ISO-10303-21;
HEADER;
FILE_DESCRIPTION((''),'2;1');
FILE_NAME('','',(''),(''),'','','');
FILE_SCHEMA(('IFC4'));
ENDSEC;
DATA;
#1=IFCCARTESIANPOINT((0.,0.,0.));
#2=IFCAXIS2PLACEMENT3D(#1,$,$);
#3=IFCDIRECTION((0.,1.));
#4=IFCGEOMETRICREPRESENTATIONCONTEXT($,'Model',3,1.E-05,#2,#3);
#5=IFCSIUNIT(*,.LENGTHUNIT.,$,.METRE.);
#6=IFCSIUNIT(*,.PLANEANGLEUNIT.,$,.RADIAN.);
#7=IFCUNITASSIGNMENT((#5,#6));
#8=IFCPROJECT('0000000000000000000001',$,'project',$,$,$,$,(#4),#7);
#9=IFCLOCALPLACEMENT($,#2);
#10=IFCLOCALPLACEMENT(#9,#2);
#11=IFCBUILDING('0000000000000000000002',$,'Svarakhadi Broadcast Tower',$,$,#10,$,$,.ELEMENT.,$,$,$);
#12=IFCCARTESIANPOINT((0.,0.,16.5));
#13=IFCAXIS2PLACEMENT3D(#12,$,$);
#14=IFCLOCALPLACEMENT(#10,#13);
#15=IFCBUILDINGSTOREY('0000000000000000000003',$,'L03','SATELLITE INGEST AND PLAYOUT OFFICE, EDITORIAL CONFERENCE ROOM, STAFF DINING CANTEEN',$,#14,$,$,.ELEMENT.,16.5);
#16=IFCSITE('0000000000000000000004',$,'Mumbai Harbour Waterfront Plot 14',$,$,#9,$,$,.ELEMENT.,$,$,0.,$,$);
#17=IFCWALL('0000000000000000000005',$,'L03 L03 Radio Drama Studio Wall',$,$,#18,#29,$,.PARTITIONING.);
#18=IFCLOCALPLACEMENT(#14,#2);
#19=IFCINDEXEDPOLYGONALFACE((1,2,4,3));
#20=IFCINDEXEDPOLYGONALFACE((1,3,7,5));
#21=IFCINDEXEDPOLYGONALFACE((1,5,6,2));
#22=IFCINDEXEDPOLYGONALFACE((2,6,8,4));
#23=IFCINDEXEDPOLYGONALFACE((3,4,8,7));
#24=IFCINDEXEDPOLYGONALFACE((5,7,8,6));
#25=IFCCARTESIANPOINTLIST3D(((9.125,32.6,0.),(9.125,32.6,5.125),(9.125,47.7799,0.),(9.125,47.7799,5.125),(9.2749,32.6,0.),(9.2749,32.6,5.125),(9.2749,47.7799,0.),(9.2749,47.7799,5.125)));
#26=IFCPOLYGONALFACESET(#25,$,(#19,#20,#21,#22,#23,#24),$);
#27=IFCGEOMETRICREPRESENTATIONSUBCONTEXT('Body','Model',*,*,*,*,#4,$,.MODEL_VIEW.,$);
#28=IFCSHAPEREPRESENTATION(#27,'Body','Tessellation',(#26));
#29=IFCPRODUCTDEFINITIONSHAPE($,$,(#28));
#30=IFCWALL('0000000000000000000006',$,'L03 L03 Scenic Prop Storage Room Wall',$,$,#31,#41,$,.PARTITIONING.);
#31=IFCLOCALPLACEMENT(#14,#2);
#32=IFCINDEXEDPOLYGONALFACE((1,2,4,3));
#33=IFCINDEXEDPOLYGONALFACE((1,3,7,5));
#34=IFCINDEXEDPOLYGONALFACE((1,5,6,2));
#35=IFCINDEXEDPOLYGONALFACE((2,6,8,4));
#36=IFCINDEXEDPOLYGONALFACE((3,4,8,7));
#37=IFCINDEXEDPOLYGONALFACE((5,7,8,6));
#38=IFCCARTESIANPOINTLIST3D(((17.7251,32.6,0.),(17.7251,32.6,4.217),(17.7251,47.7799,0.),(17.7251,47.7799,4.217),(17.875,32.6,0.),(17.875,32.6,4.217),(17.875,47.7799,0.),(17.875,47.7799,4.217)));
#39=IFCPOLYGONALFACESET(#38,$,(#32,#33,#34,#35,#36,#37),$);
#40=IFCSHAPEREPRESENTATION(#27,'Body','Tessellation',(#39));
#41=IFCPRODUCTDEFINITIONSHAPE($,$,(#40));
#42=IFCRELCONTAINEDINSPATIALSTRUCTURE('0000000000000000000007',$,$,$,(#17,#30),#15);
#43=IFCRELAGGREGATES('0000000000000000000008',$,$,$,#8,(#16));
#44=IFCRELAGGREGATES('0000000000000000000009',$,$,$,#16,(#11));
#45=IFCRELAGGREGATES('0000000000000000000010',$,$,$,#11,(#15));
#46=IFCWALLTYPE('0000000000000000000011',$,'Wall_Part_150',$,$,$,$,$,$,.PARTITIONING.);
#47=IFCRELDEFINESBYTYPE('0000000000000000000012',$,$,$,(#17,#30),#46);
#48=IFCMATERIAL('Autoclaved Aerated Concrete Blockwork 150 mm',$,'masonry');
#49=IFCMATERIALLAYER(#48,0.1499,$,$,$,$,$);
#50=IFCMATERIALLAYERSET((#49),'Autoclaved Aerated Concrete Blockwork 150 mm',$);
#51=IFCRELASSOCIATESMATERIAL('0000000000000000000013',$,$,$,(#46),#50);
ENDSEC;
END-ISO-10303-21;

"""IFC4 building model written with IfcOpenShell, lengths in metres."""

from ifc_helpers import new_model, si_unit, direction, frame, frame_2d, origin, place, context, subcontext, project, spatial, rectangle, extrude, material, layer, layer_set, type_object, element, save


model = new_model("IFC4")

# Units and contexts
model_context = context("Model", 3, precision=1e-05, world=origin(), true_north=direction((0.0, 1.0)))
body_context = subcontext(model_context, "Body", "Model", "MODEL_VIEW")
ifc_project = project(units=[si_unit("LENGTHUNIT", "METRE"), si_unit("PLANEANGLEUNIT", "RADIAN")], contexts=[model_context])

# Site, building, storey
site_placement = place(None, origin())
site = spatial("IfcSite", under=ifc_project, at=site_placement, Name="Mumbai Harbour Waterfront Plot 14", CompositionType="ELEMENT", RefElevation=0.0)
building_placement = place(site_placement, origin())
building = spatial("IfcBuilding", under=site, at=building_placement, Name="Svarakhadi Broadcast Tower", CompositionType="ELEMENT")
storey_placement = place(building_placement, frame((0.0, 0.0, 16.5)))
storey = spatial("IfcBuildingStorey", under=building, at=storey_placement, Name="L03", Description="SATELLITE INGEST AND PLAYOUT OFFICE, EDITORIAL CONFERENCE ROOM, STAFF DINING CANTEEN", CompositionType="ELEMENT", Elevation=16.5)

# Walls
ifc_material_1 = material(Name="Autoclaved Aerated Concrete Blockwork 150 mm", Category="masonry")
ifc_layer_1 = layer(ifc_material_1, 0.1499)
ifc_layer_set_1 = layer_set([ifc_layer_1], Name="Autoclaved Aerated Concrete Blockwork 150 mm")
wall_type = type_object("IfcWallType", Name="Wall_Part_150", PredefinedType="PARTITIONING", material=ifc_layer_set_1)
wall_1_placement = place(storey_placement, frame((9.2, 32.6001, 0.0), z_axis=(0.0, 0.0, 1.0), x_axis=(0.0, 1.0, 0.0)))
element("IfcWall", 1, at=wall_1_placement, inside=storey, type_object=wall_type, Name="L03 L03 Radio Drama Studio Wall", PredefinedType="PARTITIONING", context=body_context, shape_type="SweptSolid", body=[
    extrude(rectangle(XDim=15.1799, YDim=0.1499, at=frame_2d((7.5898, 0.0))), origin(), (0.0, 0.0, 1.0), 5.125),
])
wall_2_placement = place(storey_placement, frame((17.8, 32.6001, 0.0), z_axis=(0.0, 0.0, 1.0), x_axis=(0.0, 1.0, 0.0)))
element("IfcWall", 2, at=wall_2_placement, inside=storey, type_object=wall_type, Name="L03 L03 Scenic Prop Storage Room Wall", PredefinedType="PARTITIONING", context=body_context, shape_type="SweptSolid", body=[
    extrude(rectangle(XDim=15.1799, YDim=0.1499, at=frame_2d((7.5898, 0.0))), origin(), (0.0, 0.0, 1.0), 4.217),
])

save(model, "model.ifc")
